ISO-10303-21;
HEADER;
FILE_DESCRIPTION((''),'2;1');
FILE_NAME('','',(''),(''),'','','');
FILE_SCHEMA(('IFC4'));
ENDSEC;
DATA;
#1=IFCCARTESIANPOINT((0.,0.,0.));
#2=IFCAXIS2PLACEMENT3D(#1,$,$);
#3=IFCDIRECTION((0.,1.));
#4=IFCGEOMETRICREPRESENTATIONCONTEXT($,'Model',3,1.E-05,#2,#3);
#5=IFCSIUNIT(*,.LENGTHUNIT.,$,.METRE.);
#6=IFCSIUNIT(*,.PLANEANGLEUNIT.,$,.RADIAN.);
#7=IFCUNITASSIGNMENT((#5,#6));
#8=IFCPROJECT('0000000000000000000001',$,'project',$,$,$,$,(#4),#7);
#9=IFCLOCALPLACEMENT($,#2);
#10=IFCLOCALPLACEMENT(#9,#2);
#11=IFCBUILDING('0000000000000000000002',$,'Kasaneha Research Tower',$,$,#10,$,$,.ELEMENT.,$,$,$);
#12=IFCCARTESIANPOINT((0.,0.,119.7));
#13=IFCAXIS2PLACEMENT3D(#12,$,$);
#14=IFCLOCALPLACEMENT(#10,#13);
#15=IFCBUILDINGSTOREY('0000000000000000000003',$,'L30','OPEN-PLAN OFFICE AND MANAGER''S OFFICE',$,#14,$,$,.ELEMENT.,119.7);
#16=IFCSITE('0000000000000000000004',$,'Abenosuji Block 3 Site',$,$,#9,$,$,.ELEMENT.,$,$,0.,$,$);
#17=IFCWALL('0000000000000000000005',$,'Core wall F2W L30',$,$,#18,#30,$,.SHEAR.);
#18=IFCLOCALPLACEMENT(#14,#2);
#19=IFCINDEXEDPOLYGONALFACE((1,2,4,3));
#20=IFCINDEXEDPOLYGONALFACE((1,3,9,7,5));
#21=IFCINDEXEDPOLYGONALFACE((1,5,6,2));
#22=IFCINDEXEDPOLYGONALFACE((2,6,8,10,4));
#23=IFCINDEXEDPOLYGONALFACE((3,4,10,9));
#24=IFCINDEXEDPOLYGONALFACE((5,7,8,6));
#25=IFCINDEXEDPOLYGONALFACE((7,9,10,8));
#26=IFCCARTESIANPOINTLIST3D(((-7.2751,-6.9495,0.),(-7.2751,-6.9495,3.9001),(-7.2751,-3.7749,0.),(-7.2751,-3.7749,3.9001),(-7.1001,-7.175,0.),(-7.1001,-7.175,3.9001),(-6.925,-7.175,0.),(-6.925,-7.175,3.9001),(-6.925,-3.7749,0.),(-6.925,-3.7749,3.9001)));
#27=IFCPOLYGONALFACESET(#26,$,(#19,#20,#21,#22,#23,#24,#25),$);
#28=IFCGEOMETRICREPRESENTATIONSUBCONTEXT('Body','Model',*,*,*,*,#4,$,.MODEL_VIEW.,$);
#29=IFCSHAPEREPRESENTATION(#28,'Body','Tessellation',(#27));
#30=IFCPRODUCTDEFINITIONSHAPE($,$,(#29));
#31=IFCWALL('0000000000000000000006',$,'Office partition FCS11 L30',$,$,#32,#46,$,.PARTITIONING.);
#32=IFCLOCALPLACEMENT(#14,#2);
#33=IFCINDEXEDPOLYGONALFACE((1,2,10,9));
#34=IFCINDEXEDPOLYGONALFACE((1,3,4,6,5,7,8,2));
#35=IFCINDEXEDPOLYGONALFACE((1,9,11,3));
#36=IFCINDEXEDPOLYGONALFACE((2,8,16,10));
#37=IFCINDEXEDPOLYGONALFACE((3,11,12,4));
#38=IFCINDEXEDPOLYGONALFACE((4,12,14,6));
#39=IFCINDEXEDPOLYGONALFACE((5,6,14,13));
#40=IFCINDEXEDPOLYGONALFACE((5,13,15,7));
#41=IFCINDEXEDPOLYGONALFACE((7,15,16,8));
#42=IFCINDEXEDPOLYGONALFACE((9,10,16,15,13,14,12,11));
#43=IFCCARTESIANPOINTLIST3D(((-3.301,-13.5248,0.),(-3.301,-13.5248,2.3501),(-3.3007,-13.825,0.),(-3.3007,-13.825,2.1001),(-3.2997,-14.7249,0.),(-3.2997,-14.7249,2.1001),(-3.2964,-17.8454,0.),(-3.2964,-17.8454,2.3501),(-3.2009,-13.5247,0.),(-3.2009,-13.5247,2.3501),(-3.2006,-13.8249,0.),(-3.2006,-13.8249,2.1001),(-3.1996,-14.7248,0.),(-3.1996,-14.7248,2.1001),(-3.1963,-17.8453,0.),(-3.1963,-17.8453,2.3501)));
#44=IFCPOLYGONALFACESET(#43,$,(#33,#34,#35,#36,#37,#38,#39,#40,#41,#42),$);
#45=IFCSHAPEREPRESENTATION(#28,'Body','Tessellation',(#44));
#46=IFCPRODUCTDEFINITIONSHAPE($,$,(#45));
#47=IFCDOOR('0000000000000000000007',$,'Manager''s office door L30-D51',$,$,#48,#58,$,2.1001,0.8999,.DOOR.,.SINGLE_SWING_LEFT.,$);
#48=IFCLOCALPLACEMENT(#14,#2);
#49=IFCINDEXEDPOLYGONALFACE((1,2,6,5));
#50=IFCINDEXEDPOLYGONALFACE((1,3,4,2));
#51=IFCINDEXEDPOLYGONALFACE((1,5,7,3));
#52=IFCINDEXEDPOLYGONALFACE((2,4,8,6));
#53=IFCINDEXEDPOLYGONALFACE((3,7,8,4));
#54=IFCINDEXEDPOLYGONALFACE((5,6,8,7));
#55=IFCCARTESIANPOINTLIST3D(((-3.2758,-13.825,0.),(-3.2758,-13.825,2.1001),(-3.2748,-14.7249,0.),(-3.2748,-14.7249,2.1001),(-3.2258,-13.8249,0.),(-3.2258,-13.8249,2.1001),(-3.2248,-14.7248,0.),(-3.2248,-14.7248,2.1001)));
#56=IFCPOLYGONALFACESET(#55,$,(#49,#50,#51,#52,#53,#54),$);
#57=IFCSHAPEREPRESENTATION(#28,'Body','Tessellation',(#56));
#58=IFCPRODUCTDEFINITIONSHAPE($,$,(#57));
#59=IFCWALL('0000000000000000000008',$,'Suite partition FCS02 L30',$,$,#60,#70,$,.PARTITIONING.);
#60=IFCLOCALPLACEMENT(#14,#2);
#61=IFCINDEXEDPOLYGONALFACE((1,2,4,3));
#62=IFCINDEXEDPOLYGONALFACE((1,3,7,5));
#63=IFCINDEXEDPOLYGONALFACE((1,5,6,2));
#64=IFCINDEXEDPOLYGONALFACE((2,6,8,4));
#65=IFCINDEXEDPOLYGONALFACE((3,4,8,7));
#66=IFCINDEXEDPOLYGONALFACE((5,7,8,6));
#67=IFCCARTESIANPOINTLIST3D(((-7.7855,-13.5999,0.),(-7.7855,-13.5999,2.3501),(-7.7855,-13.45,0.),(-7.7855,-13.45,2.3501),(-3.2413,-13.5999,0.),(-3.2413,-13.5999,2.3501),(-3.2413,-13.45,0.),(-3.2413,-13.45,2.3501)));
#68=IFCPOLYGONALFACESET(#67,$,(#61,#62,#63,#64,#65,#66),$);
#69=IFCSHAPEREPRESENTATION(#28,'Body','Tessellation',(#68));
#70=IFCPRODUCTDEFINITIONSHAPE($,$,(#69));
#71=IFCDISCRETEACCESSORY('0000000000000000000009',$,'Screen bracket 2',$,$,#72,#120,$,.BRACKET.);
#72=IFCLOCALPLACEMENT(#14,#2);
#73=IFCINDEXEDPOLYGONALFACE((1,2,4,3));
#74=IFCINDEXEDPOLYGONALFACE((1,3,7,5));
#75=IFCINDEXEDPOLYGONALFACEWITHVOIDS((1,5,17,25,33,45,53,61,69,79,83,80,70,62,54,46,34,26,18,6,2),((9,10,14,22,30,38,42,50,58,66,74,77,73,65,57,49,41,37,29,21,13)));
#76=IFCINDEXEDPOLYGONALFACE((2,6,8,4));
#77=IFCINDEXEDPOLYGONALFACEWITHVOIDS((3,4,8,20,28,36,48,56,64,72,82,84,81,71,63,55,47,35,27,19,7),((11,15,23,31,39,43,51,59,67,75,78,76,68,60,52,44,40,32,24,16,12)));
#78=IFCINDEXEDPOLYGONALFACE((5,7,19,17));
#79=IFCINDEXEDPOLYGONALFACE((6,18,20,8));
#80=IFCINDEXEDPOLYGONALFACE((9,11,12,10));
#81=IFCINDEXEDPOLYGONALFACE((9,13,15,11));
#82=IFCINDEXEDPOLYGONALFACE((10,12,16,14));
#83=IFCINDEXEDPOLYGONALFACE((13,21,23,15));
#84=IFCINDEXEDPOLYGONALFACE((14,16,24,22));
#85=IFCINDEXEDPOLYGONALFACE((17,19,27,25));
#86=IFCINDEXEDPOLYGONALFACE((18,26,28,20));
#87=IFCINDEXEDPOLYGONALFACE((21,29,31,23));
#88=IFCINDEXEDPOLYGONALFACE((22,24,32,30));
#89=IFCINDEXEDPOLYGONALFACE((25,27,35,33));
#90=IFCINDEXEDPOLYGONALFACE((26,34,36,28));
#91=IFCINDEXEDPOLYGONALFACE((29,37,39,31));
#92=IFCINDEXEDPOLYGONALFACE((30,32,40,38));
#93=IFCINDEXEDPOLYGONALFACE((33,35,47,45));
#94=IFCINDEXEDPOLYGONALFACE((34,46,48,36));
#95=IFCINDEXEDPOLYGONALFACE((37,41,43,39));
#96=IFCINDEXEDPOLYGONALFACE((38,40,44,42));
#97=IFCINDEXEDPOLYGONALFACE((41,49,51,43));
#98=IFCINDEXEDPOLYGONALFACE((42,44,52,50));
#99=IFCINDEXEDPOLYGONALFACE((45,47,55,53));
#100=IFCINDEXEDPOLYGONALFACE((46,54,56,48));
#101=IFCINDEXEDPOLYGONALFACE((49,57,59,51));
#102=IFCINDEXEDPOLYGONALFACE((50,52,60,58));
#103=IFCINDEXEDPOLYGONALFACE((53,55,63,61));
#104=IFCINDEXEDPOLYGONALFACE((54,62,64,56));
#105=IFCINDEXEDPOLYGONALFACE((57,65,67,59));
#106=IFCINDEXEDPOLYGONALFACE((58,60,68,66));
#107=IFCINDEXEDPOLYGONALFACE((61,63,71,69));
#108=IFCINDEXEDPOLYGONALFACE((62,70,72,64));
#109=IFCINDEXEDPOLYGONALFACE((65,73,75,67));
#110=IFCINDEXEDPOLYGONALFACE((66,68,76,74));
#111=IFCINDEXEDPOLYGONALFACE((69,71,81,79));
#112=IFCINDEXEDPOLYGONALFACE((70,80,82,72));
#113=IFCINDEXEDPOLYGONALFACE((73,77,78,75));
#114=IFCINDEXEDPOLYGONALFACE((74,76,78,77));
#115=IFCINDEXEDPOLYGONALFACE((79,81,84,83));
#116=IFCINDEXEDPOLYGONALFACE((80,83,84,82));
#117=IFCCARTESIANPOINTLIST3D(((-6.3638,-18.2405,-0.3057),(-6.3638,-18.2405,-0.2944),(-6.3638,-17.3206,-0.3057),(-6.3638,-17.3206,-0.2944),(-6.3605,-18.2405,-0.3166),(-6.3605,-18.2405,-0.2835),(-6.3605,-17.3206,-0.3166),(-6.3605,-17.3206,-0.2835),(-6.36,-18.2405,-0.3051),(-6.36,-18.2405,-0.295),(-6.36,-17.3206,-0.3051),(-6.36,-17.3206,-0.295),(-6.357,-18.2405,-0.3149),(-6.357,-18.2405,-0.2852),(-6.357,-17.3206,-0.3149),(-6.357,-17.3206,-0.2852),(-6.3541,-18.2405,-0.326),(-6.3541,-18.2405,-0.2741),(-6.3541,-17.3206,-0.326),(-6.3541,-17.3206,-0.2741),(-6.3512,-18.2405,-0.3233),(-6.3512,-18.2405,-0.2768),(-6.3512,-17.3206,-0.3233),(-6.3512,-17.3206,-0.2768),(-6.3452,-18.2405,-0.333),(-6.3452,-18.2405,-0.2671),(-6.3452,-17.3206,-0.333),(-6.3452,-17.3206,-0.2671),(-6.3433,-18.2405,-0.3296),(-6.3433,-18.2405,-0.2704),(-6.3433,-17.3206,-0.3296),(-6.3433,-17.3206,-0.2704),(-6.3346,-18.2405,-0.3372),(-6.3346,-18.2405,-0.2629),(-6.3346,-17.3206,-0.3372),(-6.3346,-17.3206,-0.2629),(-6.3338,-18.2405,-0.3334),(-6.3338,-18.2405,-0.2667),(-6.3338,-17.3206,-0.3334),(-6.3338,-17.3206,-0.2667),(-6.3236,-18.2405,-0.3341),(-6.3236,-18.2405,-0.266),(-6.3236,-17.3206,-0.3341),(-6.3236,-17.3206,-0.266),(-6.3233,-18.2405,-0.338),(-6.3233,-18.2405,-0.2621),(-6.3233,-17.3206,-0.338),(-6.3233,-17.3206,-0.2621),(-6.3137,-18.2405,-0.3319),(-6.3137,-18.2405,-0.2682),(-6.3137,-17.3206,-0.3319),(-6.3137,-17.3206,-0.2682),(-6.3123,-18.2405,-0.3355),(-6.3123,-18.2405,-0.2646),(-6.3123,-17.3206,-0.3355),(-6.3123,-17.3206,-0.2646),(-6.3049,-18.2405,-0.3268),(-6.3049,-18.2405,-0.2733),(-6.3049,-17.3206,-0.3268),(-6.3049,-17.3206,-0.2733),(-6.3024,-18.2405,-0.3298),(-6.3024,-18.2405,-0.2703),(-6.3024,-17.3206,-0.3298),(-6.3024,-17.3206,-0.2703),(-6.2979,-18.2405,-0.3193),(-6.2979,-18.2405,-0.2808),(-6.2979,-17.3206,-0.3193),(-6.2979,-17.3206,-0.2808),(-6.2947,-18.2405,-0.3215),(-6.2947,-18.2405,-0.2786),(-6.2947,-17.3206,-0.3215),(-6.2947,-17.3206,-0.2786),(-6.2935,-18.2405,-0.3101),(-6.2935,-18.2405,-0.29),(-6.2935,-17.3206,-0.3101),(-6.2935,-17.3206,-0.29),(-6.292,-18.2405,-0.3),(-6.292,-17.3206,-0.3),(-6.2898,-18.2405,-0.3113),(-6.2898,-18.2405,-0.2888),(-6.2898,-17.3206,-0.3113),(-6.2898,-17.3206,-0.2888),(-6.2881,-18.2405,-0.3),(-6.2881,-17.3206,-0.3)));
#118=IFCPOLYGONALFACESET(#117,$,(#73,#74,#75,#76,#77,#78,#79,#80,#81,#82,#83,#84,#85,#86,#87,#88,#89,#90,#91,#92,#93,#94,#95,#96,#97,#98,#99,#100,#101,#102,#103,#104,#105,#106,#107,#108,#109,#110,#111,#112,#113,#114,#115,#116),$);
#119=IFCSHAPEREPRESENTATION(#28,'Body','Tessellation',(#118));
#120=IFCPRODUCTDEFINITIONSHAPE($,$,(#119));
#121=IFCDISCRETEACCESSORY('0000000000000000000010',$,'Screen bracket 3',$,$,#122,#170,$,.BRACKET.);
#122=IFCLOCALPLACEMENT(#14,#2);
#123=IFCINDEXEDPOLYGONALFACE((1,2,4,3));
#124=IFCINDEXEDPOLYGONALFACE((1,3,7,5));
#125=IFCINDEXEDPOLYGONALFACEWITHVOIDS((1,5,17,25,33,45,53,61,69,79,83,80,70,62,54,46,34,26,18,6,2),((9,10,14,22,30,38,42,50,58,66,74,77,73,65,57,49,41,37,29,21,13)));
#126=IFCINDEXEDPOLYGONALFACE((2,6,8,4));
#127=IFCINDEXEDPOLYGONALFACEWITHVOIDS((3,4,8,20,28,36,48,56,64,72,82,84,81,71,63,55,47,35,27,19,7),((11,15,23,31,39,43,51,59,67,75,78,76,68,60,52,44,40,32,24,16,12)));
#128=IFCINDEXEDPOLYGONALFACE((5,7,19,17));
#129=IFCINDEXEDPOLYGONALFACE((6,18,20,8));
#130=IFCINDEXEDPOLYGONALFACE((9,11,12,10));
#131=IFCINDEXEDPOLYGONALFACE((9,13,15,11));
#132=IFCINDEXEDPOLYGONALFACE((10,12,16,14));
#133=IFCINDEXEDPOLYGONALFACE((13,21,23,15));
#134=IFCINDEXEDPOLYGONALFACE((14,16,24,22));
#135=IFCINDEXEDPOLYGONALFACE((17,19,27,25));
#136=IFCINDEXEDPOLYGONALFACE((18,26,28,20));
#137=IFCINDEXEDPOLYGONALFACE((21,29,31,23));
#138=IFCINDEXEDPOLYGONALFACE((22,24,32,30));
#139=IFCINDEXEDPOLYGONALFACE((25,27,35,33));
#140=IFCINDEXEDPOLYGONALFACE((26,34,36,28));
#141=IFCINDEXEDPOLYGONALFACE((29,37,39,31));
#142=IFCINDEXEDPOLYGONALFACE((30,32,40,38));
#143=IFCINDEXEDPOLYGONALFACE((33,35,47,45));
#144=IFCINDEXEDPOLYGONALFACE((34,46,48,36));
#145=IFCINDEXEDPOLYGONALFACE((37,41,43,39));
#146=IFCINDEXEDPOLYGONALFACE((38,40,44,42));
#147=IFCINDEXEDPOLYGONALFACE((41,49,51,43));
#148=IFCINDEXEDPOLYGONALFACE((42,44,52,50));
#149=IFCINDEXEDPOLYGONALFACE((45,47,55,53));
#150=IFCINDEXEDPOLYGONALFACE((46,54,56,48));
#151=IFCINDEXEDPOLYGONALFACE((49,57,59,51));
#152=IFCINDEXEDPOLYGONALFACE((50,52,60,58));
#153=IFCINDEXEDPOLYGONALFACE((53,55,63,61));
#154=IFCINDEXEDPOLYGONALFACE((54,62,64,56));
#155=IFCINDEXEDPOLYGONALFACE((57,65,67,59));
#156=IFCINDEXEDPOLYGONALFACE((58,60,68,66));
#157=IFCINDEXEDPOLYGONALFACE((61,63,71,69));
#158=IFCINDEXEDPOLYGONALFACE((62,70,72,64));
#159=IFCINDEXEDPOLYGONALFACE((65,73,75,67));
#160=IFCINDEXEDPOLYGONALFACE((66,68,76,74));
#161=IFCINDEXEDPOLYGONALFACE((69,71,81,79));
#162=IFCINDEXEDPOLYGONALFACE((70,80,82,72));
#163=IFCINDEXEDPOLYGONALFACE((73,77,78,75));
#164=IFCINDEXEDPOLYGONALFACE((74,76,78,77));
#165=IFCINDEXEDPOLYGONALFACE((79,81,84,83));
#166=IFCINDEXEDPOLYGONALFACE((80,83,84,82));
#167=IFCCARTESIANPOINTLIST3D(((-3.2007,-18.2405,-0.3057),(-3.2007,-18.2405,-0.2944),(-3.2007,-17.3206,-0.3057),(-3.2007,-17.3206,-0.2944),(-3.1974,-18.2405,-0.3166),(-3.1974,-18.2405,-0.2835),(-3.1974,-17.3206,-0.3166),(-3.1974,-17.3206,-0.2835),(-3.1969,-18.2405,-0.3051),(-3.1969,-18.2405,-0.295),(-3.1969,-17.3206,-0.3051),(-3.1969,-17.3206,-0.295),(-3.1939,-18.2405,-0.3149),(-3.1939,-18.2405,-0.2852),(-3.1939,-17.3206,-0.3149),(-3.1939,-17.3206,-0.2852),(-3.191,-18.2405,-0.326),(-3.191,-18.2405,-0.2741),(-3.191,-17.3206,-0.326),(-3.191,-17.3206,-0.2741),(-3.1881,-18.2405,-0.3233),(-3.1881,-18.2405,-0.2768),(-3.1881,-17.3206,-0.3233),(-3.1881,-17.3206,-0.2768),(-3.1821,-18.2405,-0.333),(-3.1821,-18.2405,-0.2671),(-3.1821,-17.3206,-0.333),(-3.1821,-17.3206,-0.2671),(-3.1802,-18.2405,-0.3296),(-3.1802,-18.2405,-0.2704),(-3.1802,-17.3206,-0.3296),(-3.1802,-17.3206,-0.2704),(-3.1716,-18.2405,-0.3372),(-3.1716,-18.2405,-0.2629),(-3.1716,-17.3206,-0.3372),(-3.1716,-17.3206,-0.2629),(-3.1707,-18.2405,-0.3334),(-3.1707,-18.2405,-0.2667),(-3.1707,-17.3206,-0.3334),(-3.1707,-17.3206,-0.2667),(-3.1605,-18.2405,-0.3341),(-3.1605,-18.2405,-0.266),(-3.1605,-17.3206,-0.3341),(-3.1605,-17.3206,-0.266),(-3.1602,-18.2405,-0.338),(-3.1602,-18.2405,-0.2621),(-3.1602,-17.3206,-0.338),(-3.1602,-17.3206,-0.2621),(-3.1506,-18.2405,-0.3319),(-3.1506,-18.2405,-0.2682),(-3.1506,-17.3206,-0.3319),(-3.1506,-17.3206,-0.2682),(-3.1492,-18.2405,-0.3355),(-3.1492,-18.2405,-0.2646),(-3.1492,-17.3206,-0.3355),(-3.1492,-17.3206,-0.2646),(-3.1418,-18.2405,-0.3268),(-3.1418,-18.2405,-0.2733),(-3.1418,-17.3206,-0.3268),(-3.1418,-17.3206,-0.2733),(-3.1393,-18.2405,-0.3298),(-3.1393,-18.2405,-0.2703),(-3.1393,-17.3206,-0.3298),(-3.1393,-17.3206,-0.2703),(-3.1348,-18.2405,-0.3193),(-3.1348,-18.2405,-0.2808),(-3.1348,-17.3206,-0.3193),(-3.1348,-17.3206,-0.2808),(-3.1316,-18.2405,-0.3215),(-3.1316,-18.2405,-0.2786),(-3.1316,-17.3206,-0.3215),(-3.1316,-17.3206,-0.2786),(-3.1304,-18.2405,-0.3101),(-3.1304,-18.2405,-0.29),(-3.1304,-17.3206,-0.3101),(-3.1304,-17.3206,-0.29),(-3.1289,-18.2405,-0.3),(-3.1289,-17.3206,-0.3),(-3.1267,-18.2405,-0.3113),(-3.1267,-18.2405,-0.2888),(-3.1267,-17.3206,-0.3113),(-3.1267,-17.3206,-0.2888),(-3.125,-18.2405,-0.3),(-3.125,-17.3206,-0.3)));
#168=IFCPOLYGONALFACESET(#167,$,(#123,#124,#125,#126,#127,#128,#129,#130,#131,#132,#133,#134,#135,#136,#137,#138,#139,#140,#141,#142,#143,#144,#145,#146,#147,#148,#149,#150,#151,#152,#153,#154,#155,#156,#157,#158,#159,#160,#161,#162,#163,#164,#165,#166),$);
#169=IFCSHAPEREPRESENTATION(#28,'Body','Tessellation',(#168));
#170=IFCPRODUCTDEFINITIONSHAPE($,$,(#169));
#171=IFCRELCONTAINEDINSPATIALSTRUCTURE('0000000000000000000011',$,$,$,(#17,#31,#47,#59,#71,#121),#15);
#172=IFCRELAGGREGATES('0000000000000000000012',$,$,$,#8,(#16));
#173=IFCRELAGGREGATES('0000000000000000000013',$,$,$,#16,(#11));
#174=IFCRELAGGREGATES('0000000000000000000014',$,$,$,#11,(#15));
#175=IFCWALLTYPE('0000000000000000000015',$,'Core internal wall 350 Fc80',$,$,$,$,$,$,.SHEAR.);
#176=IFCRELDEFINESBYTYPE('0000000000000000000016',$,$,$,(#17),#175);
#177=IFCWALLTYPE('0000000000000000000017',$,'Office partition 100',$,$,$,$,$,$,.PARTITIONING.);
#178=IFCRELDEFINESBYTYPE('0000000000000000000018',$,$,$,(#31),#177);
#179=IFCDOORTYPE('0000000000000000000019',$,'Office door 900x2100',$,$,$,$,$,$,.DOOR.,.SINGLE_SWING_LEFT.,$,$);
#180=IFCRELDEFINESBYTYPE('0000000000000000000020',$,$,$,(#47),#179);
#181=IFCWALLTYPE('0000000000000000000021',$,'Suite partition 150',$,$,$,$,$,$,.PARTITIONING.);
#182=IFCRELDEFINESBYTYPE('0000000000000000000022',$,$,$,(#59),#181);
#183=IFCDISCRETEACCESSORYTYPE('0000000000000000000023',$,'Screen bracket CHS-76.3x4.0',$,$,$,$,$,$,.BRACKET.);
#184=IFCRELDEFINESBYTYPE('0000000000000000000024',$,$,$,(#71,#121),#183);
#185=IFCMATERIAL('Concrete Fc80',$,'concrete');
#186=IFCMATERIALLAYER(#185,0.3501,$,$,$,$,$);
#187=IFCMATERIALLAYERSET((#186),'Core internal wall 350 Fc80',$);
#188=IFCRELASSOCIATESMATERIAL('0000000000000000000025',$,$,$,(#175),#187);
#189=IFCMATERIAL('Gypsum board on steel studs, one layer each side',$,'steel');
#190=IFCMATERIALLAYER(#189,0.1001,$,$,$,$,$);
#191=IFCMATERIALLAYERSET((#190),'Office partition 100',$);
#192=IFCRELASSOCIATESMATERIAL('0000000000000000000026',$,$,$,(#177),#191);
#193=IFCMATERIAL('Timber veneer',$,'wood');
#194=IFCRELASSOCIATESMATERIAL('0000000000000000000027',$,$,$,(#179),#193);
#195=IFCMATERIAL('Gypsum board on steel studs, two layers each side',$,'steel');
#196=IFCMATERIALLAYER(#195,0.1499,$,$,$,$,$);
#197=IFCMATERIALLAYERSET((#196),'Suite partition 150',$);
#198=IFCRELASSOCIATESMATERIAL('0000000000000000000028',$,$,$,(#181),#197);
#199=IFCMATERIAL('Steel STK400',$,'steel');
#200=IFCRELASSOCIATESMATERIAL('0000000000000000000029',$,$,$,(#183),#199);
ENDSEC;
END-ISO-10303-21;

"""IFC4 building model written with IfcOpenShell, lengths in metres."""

from ifc_helpers import new_model, si_unit, direction, frame, frame_2d, origin, origin_2d, place, context, subcontext, project, spatial, polyline, rectangle, hollow_circle, outline, extrude, material, layer, layer_set, material_profile, profile_set, type_object, element, fill, save


model = new_model("IFC4")

# Units and contexts
model_context = context("Model", 3, precision=1e-05, world=origin(), true_north=direction((0.0, 1.0)))
body_context = subcontext(model_context, "Body", "Model", "MODEL_VIEW")
ifc_project = project(units=[si_unit("LENGTHUNIT", "METRE"), si_unit("PLANEANGLEUNIT", "RADIAN")], contexts=[model_context])

# Site, building, storey
site_placement = place(None, origin())
site = spatial("IfcSite", under=ifc_project, at=site_placement, Name="Abenosuji Block 3 Site", CompositionType="ELEMENT", RefElevation=0.0)
building_placement = place(site_placement, origin())
building = spatial("IfcBuilding", under=site, at=building_placement, Name="Kasaneha Research Tower", CompositionType="ELEMENT")
storey_placement = place(building_placement, frame((0.0, 0.0, 119.7)))
storey = spatial("IfcBuildingStorey", under=building, at=storey_placement, Name="L30", Description="OPEN-PLAN OFFICE AND MANAGER'S OFFICE", CompositionType="ELEMENT", Elevation=119.7)

# Shared definitions
ifc_material_1 = material(Name="Concrete Fc80", Category="concrete")
ifc_layer_1 = layer(ifc_material_1, 0.3501)
ifc_layer_set_1 = layer_set([ifc_layer_1], Name="Core internal wall 350 Fc80")
wall_type_1 = type_object("IfcWallType", Name="Core internal wall 350 Fc80", PredefinedType="SHEAR", material=ifc_layer_set_1)

# Wall
wall_1_placement = place(storey_placement, frame((-7.1001, -3.7749, 0.0), z_axis=(0.0, 0.0, 1.0), x_axis=(0.0, -1.0, 0.0)))
element("IfcWall", 1, at=wall_1_placement, inside=storey, type_object=wall_type_1, Name="Core wall F2W L30", PredefinedType="SHEAR", context=body_context, shape_type="SweptSolid", body=[
    extrude(outline(polyline([(0.0, -0.175), (3.1746, -0.175), (3.4001, 0.0), (3.4001, 0.175), (0.0, 0.175), (0.0, -0.175)])), origin(), (0.0, 0.0, 1.0), 3.9001),
])

# Wall, opening, door
ifc_material_2 = material(Name="Gypsum board on steel studs, one layer each side", Category="steel")
ifc_layer_2 = layer(ifc_material_2, 0.1001)
ifc_layer_set_2 = layer_set([ifc_layer_2], Name="Office partition 100")
wall_type_2 = type_object("IfcWallType", Name="Office partition 100", PredefinedType="PARTITIONING", material=ifc_layer_set_2)
wall_2_placement = place(storey_placement, frame((-3.251, -13.5249, 0.0), z_axis=(0.0, 0.0, 1.0), x_axis=(0.001074, -0.999999, 0.0)))
wall_2 = element("IfcWall", 2, at=wall_2_placement, inside=storey, type_object=wall_type_2, Name="Office partition FCS11 L30", PredefinedType="PARTITIONING", context=body_context, shape_type="SweptSolid", body=[
    extrude(rectangle(XDim=4.3206, YDim=0.1001, at=frame_2d((2.1602, 0.0))), origin(), (0.0, 0.0, 1.0), 2.3501),
])
opening_1_placement = place(wall_2_placement, frame((0.3, 0.0, 0.0)))
opening_1 = element("IfcOpeningElement", 3, at=opening_1_placement, cuts=wall_2, PredefinedType="OPENING", context=body_context, shape_type="SweptSolid", body=[
    extrude(rectangle(XDim=0.8999, YDim=2.1001, at=frame_2d((0.45, 1.05))), frame((0.0, 0.0601, 0.0), z_axis=(0.0, -1.0, 0.0), x_axis=(1.0, 0.0, 0.0)), (0.0, 0.0, 1.0), 0.1201),
])
ifc_material_3 = material(Name="Timber veneer", Category="wood")
door_type_1 = type_object("IfcDoorType", Name="Office door 900x2100", OperationType="SINGLE_SWING_LEFT", PredefinedType="DOOR", material=ifc_material_3)
door_1_placement = place(opening_1_placement, origin())
door_1 = element("IfcDoor", 4, at=door_1_placement, inside=storey, type_object=door_type_1, Name="Manager's office door L30-D51", OperationType="SINGLE_SWING_LEFT", OverallHeight=2.1001, OverallWidth=0.8999, PredefinedType="DOOR", context=body_context, shape_type="SweptSolid", body=[
    extrude(rectangle(XDim=0.8999, YDim=2.1001, at=frame_2d((0.45, 1.05))), frame((0.0, 0.0249, 0.0), z_axis=(0.0, -1.0, 0.0), x_axis=(1.0, 0.0, 0.0)), (0.0, 0.0, 1.0), 0.05),
])
fill(opening_1, door_1)

# Wall
ifc_material_4 = material(Name="Gypsum board on steel studs, two layers each side", Category="steel")
ifc_layer_3 = layer(ifc_material_4, 0.1499)
ifc_layer_set_3 = layer_set([ifc_layer_3], Name="Suite partition 150")
wall_type_3 = type_object("IfcWallType", Name="Suite partition 150", PredefinedType="PARTITIONING", material=ifc_layer_set_3)
wall_3_placement = place(storey_placement, frame((-3.2415, -13.5249, 0.0), z_axis=(0.0, 0.0, 1.0), x_axis=(-1.0, 0.0, 0.0)))
element("IfcWall", 5, at=wall_3_placement, inside=storey, type_object=wall_type_3, Name="Suite partition FCS02 L30", PredefinedType="PARTITIONING", context=body_context, shape_type="SweptSolid", body=[
    extrude(rectangle(XDim=4.5442, YDim=0.1499, at=frame_2d((2.272, 0.0))), origin(), (0.0, 0.0, 1.0), 2.3501),
])

# Discrete accessories
ifc_material_5 = material(Name="Steel STK400", Category="steel")
ifc_material_profile_1 = material_profile(ifc_material_5, hollow_circle(Radius=0.0381, WallThickness=0.0039, at=origin_2d()), Name="CHS-76.3x4.0")
ifc_profile_set_1 = profile_set([ifc_material_profile_1], Name="Steel STK400")
discrete_accessory_type = type_object("IfcDiscreteAccessoryType", Name="Screen bracket CHS-76.3x4.0", PredefinedType="BRACKET", material=ifc_profile_set_1)
for number, where, z_axis, x_axis, name in (
    (6, (-6.3262, -17.3206, -0.3), (0.0, -1.0, 0.0), (1.0, 0.0, 0.0), "Screen bracket 2"),
    (7, (-3.1631, -17.3206, -0.3), (0.0, -1.0, 0.0), (1.0, 0.0, 0.0), "Screen bracket 3"),
):
    element("IfcDiscreteAccessory", number, at=place(storey_placement, frame(where, z_axis=z_axis, x_axis=x_axis)), inside=storey, type_object=discrete_accessory_type, Name=name, PredefinedType="BRACKET", context=body_context, shape_type="SweptSolid", body=[
        extrude(hollow_circle(Radius=0.0381, WallThickness=0.0039, at=origin_2d()), origin(), (0.0, 0.0, 1.0), 0.9199),
    ])

save(model, "model.ifc")
